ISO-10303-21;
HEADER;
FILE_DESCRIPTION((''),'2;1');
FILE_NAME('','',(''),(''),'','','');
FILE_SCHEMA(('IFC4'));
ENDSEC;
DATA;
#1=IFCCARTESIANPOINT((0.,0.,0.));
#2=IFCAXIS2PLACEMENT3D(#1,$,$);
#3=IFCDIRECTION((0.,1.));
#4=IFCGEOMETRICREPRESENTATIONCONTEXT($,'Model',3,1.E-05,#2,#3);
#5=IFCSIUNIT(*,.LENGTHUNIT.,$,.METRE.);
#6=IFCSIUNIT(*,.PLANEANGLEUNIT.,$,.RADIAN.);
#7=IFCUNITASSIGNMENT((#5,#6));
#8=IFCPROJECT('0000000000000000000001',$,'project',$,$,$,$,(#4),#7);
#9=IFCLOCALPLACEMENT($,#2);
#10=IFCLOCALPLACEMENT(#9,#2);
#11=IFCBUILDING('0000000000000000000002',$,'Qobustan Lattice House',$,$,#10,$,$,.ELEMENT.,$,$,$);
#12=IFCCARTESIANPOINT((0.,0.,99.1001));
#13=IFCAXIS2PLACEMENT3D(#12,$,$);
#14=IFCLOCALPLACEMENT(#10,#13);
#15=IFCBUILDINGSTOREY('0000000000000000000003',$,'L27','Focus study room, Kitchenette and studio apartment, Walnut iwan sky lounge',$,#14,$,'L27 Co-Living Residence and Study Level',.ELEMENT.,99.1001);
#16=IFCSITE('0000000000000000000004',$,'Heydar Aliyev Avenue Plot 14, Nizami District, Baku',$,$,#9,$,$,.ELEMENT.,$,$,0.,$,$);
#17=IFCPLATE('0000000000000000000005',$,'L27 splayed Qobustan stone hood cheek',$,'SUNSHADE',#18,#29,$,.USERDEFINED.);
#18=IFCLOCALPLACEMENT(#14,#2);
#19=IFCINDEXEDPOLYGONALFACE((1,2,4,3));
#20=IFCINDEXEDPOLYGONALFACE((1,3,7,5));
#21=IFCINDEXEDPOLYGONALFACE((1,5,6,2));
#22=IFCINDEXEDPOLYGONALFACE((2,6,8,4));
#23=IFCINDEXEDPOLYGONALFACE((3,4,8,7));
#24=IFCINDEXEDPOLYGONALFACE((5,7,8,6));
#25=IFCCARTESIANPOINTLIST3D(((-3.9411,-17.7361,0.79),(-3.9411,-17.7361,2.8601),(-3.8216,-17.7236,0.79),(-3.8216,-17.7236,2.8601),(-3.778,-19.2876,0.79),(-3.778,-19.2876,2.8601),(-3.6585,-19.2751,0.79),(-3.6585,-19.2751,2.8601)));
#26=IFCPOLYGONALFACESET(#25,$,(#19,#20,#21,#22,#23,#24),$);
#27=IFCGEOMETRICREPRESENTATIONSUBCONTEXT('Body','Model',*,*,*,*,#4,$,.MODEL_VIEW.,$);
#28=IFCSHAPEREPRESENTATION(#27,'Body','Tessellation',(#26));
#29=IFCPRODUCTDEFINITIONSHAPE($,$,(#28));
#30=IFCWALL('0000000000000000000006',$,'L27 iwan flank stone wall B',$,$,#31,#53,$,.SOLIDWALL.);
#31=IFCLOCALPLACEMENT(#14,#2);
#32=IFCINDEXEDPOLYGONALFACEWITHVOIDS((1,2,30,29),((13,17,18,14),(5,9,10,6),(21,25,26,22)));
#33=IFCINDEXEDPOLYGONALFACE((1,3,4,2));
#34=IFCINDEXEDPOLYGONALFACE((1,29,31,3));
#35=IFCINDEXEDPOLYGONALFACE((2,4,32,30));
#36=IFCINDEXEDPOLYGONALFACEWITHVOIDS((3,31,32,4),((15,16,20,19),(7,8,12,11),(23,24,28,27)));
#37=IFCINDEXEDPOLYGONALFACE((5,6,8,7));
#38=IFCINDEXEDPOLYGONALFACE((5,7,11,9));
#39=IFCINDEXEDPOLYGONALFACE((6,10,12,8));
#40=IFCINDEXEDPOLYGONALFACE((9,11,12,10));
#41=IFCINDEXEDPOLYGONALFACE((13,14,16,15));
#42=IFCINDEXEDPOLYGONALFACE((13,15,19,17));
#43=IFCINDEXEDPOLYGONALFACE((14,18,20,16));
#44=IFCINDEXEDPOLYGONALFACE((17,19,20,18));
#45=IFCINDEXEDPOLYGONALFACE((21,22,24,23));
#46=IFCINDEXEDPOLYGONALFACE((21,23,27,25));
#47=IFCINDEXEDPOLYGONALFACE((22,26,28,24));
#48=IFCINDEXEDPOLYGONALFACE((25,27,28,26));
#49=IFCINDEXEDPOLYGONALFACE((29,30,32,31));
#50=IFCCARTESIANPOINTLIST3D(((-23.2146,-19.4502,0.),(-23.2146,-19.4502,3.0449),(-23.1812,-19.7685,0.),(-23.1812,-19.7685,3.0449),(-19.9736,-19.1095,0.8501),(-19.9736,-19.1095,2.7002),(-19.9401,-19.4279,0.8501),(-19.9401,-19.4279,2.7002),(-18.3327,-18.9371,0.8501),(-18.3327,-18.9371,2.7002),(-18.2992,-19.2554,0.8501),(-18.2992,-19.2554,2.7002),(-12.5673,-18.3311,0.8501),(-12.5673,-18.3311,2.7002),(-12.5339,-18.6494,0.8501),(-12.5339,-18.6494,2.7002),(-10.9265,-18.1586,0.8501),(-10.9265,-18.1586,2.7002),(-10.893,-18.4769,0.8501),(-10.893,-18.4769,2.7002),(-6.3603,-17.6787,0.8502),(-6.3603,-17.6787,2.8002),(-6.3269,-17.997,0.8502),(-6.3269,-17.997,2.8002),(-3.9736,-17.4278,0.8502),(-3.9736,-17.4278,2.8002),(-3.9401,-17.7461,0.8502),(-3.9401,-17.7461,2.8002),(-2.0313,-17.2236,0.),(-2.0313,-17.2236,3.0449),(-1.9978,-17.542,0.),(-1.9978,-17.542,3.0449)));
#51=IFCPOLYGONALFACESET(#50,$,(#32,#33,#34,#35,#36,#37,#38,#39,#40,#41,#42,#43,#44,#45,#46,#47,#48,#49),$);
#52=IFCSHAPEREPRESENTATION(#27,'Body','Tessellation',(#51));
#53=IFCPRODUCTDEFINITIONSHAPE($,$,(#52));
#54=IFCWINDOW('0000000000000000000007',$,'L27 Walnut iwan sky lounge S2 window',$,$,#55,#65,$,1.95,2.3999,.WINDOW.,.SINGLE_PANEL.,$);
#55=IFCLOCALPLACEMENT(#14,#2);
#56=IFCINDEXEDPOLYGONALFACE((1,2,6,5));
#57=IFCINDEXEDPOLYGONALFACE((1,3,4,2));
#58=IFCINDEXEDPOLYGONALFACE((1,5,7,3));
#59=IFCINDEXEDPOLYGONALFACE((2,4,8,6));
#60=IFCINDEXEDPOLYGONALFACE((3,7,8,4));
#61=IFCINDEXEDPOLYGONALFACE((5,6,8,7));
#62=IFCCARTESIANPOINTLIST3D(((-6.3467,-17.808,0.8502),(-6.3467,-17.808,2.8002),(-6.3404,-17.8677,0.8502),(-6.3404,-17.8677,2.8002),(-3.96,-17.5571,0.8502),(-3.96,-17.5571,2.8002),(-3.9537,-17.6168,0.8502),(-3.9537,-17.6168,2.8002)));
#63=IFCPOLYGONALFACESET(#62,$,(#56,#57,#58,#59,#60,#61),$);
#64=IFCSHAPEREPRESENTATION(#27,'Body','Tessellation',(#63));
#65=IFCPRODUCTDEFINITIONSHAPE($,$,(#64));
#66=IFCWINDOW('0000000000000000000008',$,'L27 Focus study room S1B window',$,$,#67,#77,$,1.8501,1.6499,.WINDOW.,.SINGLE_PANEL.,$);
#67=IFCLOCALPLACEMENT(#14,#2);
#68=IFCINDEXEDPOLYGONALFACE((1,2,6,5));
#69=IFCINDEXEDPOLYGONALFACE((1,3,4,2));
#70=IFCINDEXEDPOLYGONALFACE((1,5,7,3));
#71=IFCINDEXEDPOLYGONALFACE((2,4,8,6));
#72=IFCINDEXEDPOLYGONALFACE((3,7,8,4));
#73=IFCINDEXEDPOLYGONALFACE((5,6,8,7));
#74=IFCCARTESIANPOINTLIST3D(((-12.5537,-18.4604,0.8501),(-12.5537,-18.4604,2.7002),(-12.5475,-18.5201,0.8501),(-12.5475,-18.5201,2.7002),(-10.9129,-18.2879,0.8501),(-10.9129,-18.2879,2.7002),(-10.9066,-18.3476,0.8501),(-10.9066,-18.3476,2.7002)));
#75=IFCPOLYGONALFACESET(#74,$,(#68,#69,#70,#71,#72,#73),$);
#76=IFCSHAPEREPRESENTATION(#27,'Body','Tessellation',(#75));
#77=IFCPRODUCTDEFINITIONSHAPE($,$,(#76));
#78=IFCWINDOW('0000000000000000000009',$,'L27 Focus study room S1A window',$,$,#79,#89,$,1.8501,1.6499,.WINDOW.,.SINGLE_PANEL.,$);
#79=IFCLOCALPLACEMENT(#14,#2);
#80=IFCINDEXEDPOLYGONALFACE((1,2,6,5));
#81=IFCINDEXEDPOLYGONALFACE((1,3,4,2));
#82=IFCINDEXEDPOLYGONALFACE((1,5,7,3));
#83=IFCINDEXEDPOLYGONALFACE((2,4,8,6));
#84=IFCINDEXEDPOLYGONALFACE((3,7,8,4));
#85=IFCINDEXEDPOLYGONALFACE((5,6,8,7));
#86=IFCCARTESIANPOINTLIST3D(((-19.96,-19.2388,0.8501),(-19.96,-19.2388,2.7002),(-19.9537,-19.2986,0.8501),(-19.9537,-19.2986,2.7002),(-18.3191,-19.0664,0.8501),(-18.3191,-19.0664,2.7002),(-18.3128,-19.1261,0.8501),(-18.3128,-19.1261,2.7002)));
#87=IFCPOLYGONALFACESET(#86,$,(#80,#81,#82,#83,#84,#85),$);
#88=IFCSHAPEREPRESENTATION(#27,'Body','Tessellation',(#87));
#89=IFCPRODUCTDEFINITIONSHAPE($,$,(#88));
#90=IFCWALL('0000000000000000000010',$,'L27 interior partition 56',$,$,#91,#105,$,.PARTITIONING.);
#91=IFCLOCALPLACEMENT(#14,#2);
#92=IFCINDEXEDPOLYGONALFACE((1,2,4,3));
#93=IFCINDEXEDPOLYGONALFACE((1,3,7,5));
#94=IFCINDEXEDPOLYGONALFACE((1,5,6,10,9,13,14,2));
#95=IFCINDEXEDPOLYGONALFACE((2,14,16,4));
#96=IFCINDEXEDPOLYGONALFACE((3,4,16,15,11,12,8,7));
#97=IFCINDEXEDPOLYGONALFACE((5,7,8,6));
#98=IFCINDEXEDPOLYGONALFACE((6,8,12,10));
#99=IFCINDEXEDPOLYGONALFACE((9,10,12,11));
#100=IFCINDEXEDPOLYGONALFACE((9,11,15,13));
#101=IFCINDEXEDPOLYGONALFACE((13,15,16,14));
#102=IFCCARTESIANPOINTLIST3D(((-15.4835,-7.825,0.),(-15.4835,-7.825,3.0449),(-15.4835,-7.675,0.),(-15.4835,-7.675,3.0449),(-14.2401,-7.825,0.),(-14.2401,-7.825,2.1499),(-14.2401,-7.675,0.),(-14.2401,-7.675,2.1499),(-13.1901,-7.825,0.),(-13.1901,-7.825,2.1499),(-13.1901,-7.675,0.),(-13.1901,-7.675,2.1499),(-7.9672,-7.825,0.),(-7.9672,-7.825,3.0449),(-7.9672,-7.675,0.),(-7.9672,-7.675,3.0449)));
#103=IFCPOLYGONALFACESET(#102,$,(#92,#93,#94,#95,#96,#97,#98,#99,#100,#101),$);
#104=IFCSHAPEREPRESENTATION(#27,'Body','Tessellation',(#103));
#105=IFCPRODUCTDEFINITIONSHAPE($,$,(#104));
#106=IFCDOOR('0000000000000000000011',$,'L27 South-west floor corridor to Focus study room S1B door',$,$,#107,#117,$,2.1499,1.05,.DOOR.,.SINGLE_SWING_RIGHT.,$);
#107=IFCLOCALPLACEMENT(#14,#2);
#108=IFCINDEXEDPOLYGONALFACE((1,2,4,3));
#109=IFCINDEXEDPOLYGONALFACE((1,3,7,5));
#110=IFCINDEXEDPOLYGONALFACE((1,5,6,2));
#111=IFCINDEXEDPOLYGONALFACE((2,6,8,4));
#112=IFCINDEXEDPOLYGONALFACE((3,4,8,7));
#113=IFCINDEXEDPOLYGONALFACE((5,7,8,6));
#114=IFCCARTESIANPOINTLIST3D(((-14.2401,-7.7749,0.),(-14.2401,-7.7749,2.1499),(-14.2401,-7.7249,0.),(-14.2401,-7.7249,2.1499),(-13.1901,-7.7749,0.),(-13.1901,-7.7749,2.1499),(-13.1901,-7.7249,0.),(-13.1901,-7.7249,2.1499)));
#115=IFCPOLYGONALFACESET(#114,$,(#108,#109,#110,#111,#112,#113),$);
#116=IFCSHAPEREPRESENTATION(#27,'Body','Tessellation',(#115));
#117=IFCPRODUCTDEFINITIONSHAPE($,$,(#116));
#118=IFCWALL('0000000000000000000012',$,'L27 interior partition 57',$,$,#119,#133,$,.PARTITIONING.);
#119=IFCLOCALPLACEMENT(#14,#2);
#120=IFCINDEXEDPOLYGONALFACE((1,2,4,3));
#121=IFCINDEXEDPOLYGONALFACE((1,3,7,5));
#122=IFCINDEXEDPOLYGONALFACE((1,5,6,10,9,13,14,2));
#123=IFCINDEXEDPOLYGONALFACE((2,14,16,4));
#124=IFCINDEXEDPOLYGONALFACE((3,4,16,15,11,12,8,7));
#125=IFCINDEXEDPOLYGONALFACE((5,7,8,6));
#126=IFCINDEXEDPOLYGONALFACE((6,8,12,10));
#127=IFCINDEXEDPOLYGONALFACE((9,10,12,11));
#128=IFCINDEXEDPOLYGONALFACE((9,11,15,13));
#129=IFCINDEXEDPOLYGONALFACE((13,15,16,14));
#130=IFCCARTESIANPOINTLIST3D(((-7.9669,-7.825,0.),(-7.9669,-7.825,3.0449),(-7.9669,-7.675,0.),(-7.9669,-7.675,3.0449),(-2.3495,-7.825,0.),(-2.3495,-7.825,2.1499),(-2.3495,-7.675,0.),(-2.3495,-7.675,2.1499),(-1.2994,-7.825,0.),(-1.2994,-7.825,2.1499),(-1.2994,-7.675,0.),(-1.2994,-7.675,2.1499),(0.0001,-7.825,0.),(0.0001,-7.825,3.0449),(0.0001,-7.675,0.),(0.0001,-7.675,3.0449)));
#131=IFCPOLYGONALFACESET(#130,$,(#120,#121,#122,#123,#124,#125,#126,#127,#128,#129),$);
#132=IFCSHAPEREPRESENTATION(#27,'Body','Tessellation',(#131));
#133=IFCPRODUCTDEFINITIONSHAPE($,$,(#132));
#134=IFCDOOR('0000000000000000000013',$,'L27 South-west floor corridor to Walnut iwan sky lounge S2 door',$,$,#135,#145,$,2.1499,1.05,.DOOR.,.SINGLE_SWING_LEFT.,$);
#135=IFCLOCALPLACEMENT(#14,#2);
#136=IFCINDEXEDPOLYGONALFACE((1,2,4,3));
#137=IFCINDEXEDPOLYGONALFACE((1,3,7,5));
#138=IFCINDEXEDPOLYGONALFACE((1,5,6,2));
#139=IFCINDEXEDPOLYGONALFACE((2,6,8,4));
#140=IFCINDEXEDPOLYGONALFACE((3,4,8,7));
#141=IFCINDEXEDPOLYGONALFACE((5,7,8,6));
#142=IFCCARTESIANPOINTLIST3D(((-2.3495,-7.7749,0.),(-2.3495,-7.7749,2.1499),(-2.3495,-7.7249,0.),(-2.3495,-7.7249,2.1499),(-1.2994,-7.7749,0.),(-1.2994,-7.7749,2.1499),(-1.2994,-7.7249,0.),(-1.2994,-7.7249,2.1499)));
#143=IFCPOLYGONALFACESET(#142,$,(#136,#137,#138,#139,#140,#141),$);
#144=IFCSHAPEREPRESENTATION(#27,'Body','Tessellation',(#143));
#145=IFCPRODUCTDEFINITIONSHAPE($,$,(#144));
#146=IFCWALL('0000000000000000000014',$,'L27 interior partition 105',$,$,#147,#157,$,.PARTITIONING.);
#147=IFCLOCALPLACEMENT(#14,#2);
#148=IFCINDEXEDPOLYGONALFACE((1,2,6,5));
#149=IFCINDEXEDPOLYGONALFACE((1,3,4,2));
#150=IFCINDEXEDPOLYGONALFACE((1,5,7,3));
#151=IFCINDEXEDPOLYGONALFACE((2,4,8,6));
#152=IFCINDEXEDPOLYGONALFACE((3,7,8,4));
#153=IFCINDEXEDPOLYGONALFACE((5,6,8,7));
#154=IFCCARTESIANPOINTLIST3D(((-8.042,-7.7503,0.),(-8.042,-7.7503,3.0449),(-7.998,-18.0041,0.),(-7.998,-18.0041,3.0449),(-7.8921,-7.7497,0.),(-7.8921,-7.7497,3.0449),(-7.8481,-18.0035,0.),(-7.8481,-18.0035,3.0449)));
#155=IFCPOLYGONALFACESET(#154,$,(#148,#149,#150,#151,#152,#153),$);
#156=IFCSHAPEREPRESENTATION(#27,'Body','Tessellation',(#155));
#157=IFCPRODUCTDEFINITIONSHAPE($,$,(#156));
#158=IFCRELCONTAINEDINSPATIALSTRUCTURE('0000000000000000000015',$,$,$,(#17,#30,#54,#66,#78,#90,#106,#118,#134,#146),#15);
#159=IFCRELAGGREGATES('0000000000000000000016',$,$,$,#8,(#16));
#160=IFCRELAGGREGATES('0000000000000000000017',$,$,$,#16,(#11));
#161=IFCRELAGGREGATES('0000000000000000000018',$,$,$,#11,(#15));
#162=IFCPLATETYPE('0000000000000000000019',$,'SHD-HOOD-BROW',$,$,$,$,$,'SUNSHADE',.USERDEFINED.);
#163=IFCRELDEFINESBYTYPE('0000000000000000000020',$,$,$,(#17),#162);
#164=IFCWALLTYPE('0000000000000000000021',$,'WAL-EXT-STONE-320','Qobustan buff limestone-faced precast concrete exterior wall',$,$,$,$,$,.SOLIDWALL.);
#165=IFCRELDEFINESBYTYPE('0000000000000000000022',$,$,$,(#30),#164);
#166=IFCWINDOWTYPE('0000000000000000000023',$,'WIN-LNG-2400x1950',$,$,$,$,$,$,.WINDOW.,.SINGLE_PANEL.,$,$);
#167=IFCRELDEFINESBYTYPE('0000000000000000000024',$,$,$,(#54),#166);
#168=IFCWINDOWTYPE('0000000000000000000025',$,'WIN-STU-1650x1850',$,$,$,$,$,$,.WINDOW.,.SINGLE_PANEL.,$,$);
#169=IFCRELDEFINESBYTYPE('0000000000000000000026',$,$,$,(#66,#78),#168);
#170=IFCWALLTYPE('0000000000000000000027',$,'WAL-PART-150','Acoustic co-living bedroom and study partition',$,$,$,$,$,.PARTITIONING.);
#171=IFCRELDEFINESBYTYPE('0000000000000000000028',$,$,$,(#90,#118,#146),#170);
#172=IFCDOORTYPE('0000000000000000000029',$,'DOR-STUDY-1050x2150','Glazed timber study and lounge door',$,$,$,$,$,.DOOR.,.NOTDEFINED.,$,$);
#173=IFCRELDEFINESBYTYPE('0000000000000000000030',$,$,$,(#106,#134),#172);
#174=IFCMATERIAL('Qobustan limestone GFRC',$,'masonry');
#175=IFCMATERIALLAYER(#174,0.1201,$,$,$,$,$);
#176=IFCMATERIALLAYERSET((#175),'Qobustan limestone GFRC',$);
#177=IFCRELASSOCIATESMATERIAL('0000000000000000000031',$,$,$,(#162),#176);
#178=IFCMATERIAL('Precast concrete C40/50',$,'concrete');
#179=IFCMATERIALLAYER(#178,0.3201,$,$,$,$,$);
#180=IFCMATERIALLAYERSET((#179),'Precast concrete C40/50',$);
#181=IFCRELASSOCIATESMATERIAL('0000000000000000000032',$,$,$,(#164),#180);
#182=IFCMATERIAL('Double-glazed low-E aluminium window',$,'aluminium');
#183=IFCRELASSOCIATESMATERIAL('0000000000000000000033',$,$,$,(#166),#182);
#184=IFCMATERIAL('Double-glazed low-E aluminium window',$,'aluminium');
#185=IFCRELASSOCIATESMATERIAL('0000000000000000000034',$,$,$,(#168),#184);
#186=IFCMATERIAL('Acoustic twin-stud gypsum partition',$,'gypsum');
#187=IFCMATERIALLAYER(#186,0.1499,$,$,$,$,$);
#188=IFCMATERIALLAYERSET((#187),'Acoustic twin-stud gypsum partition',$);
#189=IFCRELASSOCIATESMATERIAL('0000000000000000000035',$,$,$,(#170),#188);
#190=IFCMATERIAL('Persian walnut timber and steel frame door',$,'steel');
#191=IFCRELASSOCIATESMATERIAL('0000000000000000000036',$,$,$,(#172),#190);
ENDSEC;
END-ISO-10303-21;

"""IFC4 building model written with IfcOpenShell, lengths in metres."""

from ifc_helpers import new_model, si_unit, direction, frame, frame_2d, origin, origin_2d, place, context, subcontext, project, spatial, rectangle, extrude, material, layer, layer_set, type_object, element, fill, save


model = new_model("IFC4")

# Units and contexts
model_context = context("Model", 3, precision=1e-05, world=origin(), true_north=direction((0.0, 1.0)))
body_context = subcontext(model_context, "Body", "Model", "MODEL_VIEW")
ifc_project = project(units=[si_unit("LENGTHUNIT", "METRE"), si_unit("PLANEANGLEUNIT", "RADIAN")], contexts=[model_context])

# Site, building, storey
site_placement = place(None, origin())
site = spatial("IfcSite", under=ifc_project, at=site_placement, Name="Heydar Aliyev Avenue Plot 14, Nizami District, Baku", CompositionType="ELEMENT", RefElevation=0.0)
building_placement = place(site_placement, origin())
building = spatial("IfcBuilding", under=site, at=building_placement, Name="Qobustan Lattice House", CompositionType="ELEMENT")
storey_placement = place(building_placement, frame((0.0, 0.0, 99.1001)))
storey = spatial("IfcBuildingStorey", under=building, at=storey_placement, Name="L27", Description="Focus study room, Kitchenette and studio apartment, Walnut iwan sky lounge", LongName="L27 Co-Living Residence and Study Level", CompositionType="ELEMENT", Elevation=99.1001)

# Plate
ifc_material_1 = material(Name="Qobustan limestone GFRC", Category="masonry")
ifc_layer_1 = layer(ifc_material_1, 0.1201)
ifc_layer_set_1 = layer_set([ifc_layer_1], Name="Qobustan limestone GFRC")
plate_type_1 = type_object("IfcPlateType", Name="SHD-HOOD-BROW", ElementType="SUNSHADE", PredefinedType="USERDEFINED", material=ifc_layer_set_1)
plate_1_placement = place(storey_placement, frame((-3.7998, -18.5056, 0.79), z_axis=(0.0, 0.0, 1.0), x_axis=(-0.994522, -0.104528, 0.0)))
element("IfcPlate", 1, at=plate_1_placement, inside=storey, type_object=plate_type_1, Name="L27 splayed Qobustan stone hood cheek", ObjectType="SUNSHADE", PredefinedType="USERDEFINED", context=body_context, shape_type="SweptSolid", body=[
    extrude(rectangle(XDim=0.1201, YDim=1.5601, at=origin_2d()), origin(), (0.0, 0.0, 1.0), 2.0701),
])

# Wall, openings, windows
ifc_material_2 = material(Name="Precast concrete C40/50", Category="concrete")
ifc_layer_2 = layer(ifc_material_2, 0.3201)
ifc_layer_set_2 = layer_set([ifc_layer_2], Name="Precast concrete C40/50")
wall_type_1 = type_object("IfcWallType", Name="WAL-EXT-STONE-320", Description="Qobustan buff limestone-faced precast concrete exterior wall", PredefinedType="SOLIDWALL", material=ifc_layer_set_2)
wall_1_placement = place(storey_placement, frame((-2.0146, -17.3828, 0.0), z_axis=(0.0, 0.0, 1.0), x_axis=(-0.994521, -0.104533, 0.0)))
wall_1 = element("IfcWall", 2, at=wall_1_placement, inside=storey, type_object=wall_type_1, Name="L27 iwan flank stone wall B", PredefinedType="SOLIDWALL", context=body_context, shape_type="SweptSolid", body=[
    extrude(rectangle(XDim=21.3, YDim=0.3201, at=frame_2d((10.6499, 0.0))), origin(), (0.0, 0.0, 1.0), 3.0449),
])
opening_1_placement = place(wall_1_placement, frame((1.9529, 0.0, 0.8501)))
opening_1 = element("IfcOpeningElement", 3, at=opening_1_placement, cuts=wall_1, PredefinedType="OPENING", context=body_context, shape_type="SweptSolid", body=[
    extrude(rectangle(XDim=2.3999, YDim=1.95, at=frame_2d((1.2, 0.9751))), frame((0.0, 0.1699, 0.0), z_axis=(0.0, -1.0, 0.0), x_axis=(1.0, 0.0, 0.0)), (0.0, 0.0, 1.0), 0.3401),
])
opening_2_placement = place(wall_1_placement, frame((8.9441, 0.0, 0.8501)))
opening_2 = element("IfcOpeningElement", 4, at=opening_2_placement, cuts=wall_1, PredefinedType="OPENING", context=body_context, shape_type="SweptSolid", body=[
    extrude(rectangle(XDim=1.6499, YDim=1.8501, at=frame_2d((0.825, 0.925))), frame((0.0, 0.1699, 0.0), z_axis=(0.0, -1.0, 0.0), x_axis=(1.0, 0.0, 0.0)), (0.0, 0.0, 1.0), 0.3401),
])
opening_3_placement = place(wall_1_placement, frame((16.3911, 0.0, 0.8501)))
opening_3 = element("IfcOpeningElement", 5, at=opening_3_placement, cuts=wall_1, PredefinedType="OPENING", context=body_context, shape_type="SweptSolid", body=[
    extrude(rectangle(XDim=1.6499, YDim=1.8501, at=frame_2d((0.825, 0.925))), frame((0.0, 0.1699, 0.0), z_axis=(0.0, -1.0, 0.0), x_axis=(1.0, 0.0, 0.0)), (0.0, 0.0, 1.0), 0.3401),
])
ifc_material_3 = material(Name="Double-glazed low-E aluminium window", Category="aluminium")
window_type_1 = type_object("IfcWindowType", Name="WIN-LNG-2400x1950", PartitioningType="SINGLE_PANEL", PredefinedType="WINDOW", material=ifc_material_3)
window_1_placement = place(opening_1_placement, origin())
window_1 = element("IfcWindow", 6, at=window_1_placement, inside=storey, type_object=window_type_1, Name="L27 Walnut iwan sky lounge S2 window", OverallHeight=1.95, OverallWidth=2.3999, PartitioningType="SINGLE_PANEL", PredefinedType="WINDOW", context=body_context, shape_type="SweptSolid", body=[
    extrude(rectangle(XDim=2.3999, YDim=1.95, at=frame_2d((1.2, 0.9751))), frame((0.0, 0.03, 0.0), z_axis=(0.0, -1.0, 0.0), x_axis=(1.0, 0.0, 0.0)), (0.0, 0.0, 1.0), 0.0601),
])
fill(opening_1, window_1)
ifc_material_4 = material(Name="Double-glazed low-E aluminium window", Category="aluminium")
window_type_2 = type_object("IfcWindowType", Name="WIN-STU-1650x1850", PartitioningType="SINGLE_PANEL", PredefinedType="WINDOW", material=ifc_material_4)
window_2_placement = place(opening_2_placement, origin())
window_2 = element("IfcWindow", 7, at=window_2_placement, inside=storey, type_object=window_type_2, Name="L27 Focus study room S1B window", OverallHeight=1.8501, OverallWidth=1.6499, PartitioningType="SINGLE_PANEL", PredefinedType="WINDOW", context=body_context, shape_type="SweptSolid", body=[
    extrude(rectangle(XDim=1.6499, YDim=1.8501, at=frame_2d((0.825, 0.925))), frame((0.0, 0.03, 0.0), z_axis=(0.0, -1.0, 0.0), x_axis=(1.0, 0.0, 0.0)), (0.0, 0.0, 1.0), 0.0601),
])
fill(opening_2, window_2)
window_3_placement = place(opening_3_placement, origin())
window_3 = element("IfcWindow", 8, at=window_3_placement, inside=storey, type_object=window_type_2, Name="L27 Focus study room S1A window", OverallHeight=1.8501, OverallWidth=1.6499, PartitioningType="SINGLE_PANEL", PredefinedType="WINDOW", context=body_context, shape_type="SweptSolid", body=[
    extrude(rectangle(XDim=1.6499, YDim=1.8501, at=frame_2d((0.825, 0.925))), frame((0.0, 0.03, 0.0), z_axis=(0.0, -1.0, 0.0), x_axis=(1.0, 0.0, 0.0)), (0.0, 0.0, 1.0), 0.0601),
])
fill(opening_3, window_3)

# Walls, openings, doors
ifc_material_5 = material(Name="Acoustic twin-stud gypsum partition", Category="gypsum")
ifc_layer_3 = layer(ifc_material_5, 0.1499)
ifc_layer_set_3 = layer_set([ifc_layer_3], Name="Acoustic twin-stud gypsum partition")
wall_type_2 = type_object("IfcWallType", Name="WAL-PART-150", Description="Acoustic co-living bedroom and study partition", PredefinedType="PARTITIONING", material=ifc_layer_set_3)
wall_2_placement = place(storey_placement, frame((-7.967, -7.75, 0.0), z_axis=(0.0, 0.0, 1.0), x_axis=(-1.0, 0.0, 0.0)))
wall_2 = element("IfcWall", 9, at=wall_2_placement, inside=storey, type_object=wall_type_2, Name="L27 interior partition 56", PredefinedType="PARTITIONING", context=body_context, shape_type="SweptSolid", body=[
    extrude(rectangle(XDim=7.5164, YDim=0.1499, at=frame_2d((3.7583, 0.0))), origin(), (0.0, 0.0, 1.0), 3.0449),
])
opening_4_placement = place(wall_2_placement, frame((5.2231, 0.0, 0.0)))
opening_4 = element("IfcOpeningElement", 10, at=opening_4_placement, cuts=wall_2, PredefinedType="OPENING", context=body_context, shape_type="SweptSolid", body=[
    extrude(rectangle(XDim=1.05, YDim=2.1499, at=frame_2d((0.5249, 1.075))), frame((0.0, 0.085, 0.0), z_axis=(0.0, -1.0, 0.0), x_axis=(1.0, 0.0, 0.0)), (0.0, 0.0, 1.0), 0.1699),
])
ifc_material_6 = material(Name="Persian walnut timber and steel frame door", Category="steel")
door_type = type_object("IfcDoorType", Name="DOR-STUDY-1050x2150", Description="Glazed timber study and lounge door", OperationType="NOTDEFINED", PredefinedType="DOOR", material=ifc_material_6)
door_1_placement = place(opening_4_placement, origin())
door_1 = element("IfcDoor", 11, at=door_1_placement, inside=storey, type_object=door_type, Name="L27 South-west floor corridor to Focus study room S1B door", OperationType="SINGLE_SWING_RIGHT", OverallHeight=2.1499, OverallWidth=1.05, PredefinedType="DOOR", context=body_context, shape_type="SweptSolid", body=[
    extrude(rectangle(XDim=1.05, YDim=2.1499, at=frame_2d((0.5249, 1.075))), frame((0.0, 0.0249, 0.0), z_axis=(0.0, -1.0, 0.0), x_axis=(1.0, 0.0, 0.0)), (0.0, 0.0, 1.0), 0.05),
])
fill(opening_4, door_1)
wall_3_placement = place(storey_placement, frame((0.0, -7.75, 0.0), z_axis=(0.0, 0.0, 1.0), x_axis=(-1.0, 0.0, 0.0)))
wall_3 = element("IfcWall", 12, at=wall_3_placement, inside=storey, type_object=wall_type_2, Name="L27 interior partition 57", PredefinedType="PARTITIONING", context=body_context, shape_type="SweptSolid", body=[
    extrude(rectangle(XDim=7.967, YDim=0.1499, at=frame_2d((3.9834, 0.0))), origin(), (0.0, 0.0, 1.0), 3.0449),
])
opening_5_placement = place(wall_3_placement, frame((1.2996, 0.0, 0.0)))
opening_5 = element("IfcOpeningElement", 13, at=opening_5_placement, cuts=wall_3, PredefinedType="OPENING", context=body_context, shape_type="SweptSolid", body=[
    extrude(rectangle(XDim=1.05, YDim=2.1499, at=frame_2d((0.5249, 1.075))), frame((0.0, 0.085, 0.0), z_axis=(0.0, -1.0, 0.0), x_axis=(1.0, 0.0, 0.0)), (0.0, 0.0, 1.0), 0.1699),
])
door_2_placement = place(opening_5_placement, origin())
door_2 = element("IfcDoor", 14, at=door_2_placement, inside=storey, type_object=door_type, Name="L27 South-west floor corridor to Walnut iwan sky lounge S2 door", OperationType="SINGLE_SWING_LEFT", OverallHeight=2.1499, OverallWidth=1.05, PredefinedType="DOOR", context=body_context, shape_type="SweptSolid", body=[
    extrude(rectangle(XDim=1.05, YDim=2.1499, at=frame_2d((0.5249, 1.075))), frame((0.0, 0.0249, 0.0), z_axis=(0.0, -1.0, 0.0), x_axis=(1.0, 0.0, 0.0)), (0.0, 0.0, 1.0), 0.05),
])
fill(opening_5, door_2)

# Wall
wall_4_placement = place(storey_placement, frame((-7.967, -7.75, 0.0), z_axis=(0.0, 0.0, 1.0), x_axis=(0.004286, -0.999991, 0.0)))
element("IfcWall", 15, at=wall_4_placement, inside=storey, type_object=wall_type_2, Name="L27 interior partition 105", PredefinedType="PARTITIONING", context=body_context, shape_type="SweptSolid", body=[
    extrude(rectangle(XDim=10.2539, YDim=0.1499, at=frame_2d((5.127, 0.0))), origin(), (0.0, 0.0, 1.0), 3.0449),
])

save(model, "model.ifc")
